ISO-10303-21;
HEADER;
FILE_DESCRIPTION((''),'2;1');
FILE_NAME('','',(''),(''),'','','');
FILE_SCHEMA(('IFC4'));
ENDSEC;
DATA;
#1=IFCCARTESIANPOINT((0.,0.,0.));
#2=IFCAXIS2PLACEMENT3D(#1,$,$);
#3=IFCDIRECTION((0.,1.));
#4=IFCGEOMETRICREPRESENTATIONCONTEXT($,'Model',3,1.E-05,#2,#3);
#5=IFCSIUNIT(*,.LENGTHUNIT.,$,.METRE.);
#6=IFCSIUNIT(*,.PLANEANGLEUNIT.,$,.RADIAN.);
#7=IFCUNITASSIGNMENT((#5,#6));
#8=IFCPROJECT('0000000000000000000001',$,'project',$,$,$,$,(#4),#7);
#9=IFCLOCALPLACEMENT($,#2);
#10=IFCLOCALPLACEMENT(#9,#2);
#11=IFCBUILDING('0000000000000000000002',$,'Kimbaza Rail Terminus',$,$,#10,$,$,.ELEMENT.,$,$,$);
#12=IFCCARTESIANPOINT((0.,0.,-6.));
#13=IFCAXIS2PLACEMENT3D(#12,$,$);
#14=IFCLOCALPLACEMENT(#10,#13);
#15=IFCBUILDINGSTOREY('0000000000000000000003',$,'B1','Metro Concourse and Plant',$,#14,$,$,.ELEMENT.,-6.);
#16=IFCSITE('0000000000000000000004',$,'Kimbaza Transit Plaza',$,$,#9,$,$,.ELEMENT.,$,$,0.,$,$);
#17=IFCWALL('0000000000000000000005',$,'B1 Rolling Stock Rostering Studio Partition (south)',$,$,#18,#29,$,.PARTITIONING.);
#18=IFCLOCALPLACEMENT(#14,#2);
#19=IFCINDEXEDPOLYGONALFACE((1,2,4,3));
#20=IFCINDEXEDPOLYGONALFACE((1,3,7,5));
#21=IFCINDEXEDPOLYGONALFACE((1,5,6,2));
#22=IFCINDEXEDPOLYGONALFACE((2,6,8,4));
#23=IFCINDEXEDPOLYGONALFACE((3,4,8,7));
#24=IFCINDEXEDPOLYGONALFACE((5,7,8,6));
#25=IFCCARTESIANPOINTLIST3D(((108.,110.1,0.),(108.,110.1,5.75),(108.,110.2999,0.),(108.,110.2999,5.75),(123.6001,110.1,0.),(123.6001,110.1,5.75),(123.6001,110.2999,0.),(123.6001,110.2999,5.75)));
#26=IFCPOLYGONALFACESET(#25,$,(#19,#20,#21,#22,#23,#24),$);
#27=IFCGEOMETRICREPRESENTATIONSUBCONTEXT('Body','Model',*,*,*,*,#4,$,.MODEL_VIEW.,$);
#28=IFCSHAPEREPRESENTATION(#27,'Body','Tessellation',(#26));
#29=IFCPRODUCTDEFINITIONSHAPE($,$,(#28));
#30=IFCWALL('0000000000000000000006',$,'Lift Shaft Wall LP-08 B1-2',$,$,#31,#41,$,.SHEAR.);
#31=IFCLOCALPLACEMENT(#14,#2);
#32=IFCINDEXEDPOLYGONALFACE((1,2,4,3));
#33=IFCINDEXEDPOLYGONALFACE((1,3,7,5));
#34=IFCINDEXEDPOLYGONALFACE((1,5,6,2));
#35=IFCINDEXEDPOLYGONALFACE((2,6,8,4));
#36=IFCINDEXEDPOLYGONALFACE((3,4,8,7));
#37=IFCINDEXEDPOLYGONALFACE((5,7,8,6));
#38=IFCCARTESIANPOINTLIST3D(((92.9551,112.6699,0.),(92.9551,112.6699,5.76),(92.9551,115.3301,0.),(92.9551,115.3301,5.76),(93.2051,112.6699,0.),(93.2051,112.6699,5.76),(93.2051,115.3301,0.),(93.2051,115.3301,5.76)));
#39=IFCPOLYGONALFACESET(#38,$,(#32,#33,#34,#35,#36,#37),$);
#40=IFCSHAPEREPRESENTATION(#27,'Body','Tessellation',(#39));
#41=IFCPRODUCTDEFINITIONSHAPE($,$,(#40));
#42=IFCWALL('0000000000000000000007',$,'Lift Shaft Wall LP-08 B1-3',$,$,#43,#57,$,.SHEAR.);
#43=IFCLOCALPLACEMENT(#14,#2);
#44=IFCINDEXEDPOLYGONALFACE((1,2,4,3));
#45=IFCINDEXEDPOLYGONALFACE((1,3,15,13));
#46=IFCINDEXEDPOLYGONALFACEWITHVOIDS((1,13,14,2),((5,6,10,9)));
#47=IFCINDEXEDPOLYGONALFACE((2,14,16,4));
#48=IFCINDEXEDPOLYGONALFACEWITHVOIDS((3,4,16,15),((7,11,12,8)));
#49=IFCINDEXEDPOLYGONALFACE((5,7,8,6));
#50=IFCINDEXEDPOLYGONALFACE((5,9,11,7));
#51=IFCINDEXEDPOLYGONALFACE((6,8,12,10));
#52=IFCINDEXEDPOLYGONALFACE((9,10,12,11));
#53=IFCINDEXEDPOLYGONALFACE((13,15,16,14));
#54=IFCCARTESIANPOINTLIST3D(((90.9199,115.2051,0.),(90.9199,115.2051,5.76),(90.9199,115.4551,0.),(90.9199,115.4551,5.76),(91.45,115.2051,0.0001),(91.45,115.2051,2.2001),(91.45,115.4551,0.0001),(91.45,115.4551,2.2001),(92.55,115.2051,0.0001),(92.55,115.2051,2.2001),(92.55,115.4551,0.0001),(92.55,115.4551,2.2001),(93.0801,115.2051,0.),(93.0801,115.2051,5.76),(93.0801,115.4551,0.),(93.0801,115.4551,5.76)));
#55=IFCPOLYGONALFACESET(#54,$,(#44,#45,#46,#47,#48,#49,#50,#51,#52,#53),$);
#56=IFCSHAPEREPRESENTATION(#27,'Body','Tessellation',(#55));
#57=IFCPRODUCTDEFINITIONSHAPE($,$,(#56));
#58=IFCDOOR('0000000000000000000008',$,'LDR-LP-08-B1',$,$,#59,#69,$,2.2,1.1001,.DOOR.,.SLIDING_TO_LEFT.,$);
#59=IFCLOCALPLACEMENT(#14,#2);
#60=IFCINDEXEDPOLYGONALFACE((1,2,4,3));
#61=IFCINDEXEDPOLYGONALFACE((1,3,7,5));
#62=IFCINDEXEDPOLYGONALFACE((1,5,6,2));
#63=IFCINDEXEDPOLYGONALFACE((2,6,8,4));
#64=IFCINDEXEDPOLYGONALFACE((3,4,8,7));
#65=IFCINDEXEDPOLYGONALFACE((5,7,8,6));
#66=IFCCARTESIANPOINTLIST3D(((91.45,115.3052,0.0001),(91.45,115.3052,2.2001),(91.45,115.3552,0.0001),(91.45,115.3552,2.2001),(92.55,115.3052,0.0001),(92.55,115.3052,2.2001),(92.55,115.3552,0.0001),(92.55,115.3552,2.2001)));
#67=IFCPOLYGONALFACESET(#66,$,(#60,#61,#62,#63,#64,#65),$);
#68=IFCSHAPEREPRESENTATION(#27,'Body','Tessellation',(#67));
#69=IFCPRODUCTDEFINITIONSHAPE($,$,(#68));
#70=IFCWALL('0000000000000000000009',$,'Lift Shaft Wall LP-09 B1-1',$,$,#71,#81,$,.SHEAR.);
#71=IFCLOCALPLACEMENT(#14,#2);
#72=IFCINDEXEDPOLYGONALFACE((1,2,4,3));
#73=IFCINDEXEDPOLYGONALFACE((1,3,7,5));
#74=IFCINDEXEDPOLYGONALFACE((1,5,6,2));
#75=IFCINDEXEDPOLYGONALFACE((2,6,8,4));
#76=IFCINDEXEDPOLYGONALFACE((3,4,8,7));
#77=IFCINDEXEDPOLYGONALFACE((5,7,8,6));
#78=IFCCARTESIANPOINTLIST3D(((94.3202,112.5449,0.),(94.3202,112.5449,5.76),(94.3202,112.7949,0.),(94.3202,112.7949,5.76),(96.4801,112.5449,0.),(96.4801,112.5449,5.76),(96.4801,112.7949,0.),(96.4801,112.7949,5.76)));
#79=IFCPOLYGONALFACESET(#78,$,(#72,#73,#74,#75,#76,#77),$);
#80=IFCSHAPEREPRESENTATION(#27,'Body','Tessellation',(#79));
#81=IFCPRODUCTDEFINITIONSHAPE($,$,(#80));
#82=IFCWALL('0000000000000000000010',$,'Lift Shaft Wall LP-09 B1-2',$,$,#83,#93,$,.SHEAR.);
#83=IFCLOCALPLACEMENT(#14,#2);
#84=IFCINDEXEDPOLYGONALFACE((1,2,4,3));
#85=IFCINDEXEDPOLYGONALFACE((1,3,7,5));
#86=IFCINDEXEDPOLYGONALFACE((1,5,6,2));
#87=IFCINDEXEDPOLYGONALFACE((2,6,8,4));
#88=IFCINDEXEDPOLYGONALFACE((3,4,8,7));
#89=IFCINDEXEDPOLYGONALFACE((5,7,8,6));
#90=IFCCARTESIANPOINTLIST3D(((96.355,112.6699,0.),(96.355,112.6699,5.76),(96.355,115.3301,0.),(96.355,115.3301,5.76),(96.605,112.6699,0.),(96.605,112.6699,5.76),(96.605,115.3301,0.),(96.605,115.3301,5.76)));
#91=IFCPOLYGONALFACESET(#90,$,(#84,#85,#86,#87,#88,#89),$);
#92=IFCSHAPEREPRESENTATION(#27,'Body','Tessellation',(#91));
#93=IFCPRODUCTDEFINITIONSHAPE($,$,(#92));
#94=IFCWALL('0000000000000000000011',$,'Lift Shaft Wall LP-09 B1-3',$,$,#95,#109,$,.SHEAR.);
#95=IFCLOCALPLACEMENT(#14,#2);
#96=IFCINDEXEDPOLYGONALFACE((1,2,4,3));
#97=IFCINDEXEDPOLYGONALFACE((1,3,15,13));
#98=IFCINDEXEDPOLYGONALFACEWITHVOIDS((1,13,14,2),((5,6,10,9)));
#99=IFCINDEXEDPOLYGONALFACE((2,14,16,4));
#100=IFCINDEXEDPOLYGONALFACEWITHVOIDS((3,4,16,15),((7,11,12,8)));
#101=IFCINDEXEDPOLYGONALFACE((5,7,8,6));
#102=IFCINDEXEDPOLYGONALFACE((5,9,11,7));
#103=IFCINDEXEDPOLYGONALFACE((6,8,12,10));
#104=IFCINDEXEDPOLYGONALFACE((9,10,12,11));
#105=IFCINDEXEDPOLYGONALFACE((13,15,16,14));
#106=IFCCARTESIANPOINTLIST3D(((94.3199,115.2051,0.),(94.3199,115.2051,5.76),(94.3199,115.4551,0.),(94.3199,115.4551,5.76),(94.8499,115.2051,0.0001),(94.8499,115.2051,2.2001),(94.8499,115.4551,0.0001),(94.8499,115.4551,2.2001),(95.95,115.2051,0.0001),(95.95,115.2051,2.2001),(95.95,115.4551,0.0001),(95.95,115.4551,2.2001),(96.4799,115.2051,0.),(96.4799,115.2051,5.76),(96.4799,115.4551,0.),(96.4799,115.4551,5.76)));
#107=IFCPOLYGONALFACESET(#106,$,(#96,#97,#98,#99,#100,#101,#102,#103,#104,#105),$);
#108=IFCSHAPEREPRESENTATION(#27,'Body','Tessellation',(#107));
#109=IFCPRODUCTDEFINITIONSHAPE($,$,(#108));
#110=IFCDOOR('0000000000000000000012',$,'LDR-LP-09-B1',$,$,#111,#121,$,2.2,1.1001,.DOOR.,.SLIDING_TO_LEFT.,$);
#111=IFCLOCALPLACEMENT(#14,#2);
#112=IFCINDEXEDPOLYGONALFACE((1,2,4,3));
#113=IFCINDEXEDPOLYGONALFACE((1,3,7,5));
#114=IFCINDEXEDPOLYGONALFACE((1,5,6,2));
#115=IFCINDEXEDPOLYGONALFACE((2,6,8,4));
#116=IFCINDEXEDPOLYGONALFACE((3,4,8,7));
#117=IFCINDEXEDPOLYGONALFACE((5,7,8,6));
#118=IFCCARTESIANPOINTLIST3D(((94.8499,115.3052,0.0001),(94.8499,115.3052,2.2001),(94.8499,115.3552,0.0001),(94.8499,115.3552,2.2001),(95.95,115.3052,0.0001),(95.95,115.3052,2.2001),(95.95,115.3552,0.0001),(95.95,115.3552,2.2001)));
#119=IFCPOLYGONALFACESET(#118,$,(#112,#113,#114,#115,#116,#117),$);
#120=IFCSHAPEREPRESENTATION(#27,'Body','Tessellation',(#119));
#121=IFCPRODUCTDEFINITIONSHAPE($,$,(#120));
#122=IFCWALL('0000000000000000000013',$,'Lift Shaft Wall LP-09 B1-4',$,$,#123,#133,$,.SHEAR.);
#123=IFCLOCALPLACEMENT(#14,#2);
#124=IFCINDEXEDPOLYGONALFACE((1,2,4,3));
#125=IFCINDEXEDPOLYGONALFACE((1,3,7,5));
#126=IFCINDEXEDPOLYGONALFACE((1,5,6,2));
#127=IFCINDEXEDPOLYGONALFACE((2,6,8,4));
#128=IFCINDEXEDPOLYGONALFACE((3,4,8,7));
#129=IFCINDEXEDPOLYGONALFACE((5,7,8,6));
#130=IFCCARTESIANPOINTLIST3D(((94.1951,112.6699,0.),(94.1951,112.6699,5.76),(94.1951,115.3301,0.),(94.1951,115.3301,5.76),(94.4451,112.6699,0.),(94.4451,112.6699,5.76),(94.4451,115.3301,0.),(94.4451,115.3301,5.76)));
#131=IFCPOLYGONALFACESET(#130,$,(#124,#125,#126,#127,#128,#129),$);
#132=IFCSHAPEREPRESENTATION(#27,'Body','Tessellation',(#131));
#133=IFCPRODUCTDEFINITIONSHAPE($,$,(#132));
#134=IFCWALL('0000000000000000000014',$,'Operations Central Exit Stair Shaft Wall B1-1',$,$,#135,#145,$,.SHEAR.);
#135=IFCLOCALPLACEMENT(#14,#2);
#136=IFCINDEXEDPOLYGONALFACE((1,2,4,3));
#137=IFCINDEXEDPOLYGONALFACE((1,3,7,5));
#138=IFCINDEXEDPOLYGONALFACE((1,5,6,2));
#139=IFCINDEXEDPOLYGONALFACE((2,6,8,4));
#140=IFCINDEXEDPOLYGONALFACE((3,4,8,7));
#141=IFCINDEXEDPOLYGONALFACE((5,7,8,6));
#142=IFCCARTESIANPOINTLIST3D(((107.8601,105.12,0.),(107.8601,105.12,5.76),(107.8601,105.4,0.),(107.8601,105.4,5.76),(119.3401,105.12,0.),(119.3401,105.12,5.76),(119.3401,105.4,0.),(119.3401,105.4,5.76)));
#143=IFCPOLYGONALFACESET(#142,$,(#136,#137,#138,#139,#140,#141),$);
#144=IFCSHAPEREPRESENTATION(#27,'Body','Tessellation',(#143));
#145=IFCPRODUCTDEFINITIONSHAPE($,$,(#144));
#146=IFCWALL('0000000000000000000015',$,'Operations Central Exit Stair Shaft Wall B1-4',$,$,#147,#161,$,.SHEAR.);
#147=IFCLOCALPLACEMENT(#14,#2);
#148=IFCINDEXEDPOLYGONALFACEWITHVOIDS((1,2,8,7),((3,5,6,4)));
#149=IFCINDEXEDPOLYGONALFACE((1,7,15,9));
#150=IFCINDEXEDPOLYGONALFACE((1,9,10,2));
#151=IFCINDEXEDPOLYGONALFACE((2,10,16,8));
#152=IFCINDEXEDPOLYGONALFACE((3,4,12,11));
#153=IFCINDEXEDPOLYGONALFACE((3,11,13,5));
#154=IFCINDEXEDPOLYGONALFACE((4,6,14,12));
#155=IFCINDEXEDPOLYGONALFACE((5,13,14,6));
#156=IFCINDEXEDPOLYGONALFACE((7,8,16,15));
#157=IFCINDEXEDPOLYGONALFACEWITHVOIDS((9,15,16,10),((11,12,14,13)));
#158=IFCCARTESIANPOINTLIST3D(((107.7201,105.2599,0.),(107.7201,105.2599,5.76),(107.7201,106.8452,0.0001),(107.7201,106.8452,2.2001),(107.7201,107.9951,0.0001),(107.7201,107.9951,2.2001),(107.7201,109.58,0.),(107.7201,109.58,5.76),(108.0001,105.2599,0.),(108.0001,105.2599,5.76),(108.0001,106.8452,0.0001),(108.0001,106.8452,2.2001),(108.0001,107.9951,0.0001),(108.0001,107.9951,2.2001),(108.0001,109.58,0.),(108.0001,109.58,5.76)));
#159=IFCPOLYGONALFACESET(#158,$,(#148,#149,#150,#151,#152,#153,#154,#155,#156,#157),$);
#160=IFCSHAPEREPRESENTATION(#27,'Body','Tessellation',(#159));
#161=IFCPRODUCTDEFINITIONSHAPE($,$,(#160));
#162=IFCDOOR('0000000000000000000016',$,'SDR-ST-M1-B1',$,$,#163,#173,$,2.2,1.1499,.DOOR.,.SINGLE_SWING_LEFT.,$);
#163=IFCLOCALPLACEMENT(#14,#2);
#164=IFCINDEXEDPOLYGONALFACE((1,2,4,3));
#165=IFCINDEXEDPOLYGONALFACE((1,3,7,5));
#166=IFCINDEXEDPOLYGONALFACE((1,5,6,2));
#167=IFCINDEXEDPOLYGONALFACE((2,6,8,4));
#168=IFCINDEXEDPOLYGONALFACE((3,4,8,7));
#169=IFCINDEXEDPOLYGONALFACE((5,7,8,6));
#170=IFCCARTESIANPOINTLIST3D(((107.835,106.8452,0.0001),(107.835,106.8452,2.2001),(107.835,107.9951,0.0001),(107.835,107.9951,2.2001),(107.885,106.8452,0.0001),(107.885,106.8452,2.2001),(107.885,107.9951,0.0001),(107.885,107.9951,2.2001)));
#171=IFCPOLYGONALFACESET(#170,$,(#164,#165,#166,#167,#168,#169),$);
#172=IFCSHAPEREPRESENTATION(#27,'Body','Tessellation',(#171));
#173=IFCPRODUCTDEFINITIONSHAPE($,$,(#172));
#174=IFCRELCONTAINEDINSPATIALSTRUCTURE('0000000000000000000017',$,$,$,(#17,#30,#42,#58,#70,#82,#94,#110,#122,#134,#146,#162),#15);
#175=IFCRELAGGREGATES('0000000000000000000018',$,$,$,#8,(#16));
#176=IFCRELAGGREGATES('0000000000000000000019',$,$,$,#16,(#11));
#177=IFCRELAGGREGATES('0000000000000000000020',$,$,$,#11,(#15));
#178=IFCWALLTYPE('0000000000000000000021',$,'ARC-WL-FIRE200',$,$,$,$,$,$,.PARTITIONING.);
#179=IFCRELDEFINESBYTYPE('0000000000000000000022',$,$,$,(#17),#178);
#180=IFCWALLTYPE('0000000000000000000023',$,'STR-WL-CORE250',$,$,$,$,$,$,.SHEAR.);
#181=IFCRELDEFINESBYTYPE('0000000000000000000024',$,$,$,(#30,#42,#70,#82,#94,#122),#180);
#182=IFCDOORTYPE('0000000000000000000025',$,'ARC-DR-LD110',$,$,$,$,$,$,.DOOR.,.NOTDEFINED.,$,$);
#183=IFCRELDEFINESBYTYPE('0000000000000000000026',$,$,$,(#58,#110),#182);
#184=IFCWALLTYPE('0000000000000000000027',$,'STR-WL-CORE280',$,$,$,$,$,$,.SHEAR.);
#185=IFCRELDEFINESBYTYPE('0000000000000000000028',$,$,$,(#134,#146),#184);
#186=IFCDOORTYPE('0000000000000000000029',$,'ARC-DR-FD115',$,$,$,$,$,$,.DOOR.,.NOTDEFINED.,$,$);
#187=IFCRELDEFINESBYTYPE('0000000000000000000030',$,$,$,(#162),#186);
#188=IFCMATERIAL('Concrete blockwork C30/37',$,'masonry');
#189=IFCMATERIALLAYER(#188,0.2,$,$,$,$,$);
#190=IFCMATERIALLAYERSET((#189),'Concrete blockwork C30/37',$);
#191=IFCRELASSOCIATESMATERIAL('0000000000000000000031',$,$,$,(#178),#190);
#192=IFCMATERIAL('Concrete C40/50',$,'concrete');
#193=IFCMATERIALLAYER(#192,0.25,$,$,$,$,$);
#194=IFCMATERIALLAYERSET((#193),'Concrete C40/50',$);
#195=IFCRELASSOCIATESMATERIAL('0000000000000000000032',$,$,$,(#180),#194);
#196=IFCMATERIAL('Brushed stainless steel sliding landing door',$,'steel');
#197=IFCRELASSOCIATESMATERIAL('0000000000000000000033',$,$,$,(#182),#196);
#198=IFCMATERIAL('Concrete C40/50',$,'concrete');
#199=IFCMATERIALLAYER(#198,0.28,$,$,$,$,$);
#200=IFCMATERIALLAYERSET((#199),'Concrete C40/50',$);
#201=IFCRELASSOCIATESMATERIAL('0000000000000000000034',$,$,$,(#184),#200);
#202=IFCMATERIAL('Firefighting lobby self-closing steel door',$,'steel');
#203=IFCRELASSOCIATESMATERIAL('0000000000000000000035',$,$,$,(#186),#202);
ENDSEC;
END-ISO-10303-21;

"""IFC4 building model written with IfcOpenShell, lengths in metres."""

from ifc_helpers import new_model, si_unit, direction, frame, frame_2d, origin, place, context, subcontext, project, spatial, rectangle, extrude, material, layer, layer_set, type_object, element, fill, save


model = new_model("IFC4")

# Units and contexts
model_context = context("Model", 3, precision=1e-05, world=origin(), true_north=direction((0.0, 1.0)))
body_context = subcontext(model_context, "Body", "Model", "MODEL_VIEW")
ifc_project = project(units=[si_unit("LENGTHUNIT", "METRE"), si_unit("PLANEANGLEUNIT", "RADIAN")], contexts=[model_context])

# Site, building, storey
site_placement = place(None, origin())
site = spatial("IfcSite", under=ifc_project, at=site_placement, Name="Kimbaza Transit Plaza", CompositionType="ELEMENT", RefElevation=0.0)
building_placement = place(site_placement, origin())
building = spatial("IfcBuilding", under=site, at=building_placement, Name="Kimbaza Rail Terminus", CompositionType="ELEMENT")
storey_placement = place(building_placement, frame((0.0, 0.0, -6.0)))
storey = spatial("IfcBuildingStorey", under=building, at=storey_placement, Name="B1", Description="Metro Concourse and Plant", CompositionType="ELEMENT", Elevation=-6.0)

# Walls
ifc_material_1 = material(Name="Concrete blockwork C30/37", Category="masonry")
ifc_layer_1 = layer(ifc_material_1, 0.2)
ifc_layer_set_1 = layer_set([ifc_layer_1], Name="Concrete blockwork C30/37")
wall_type_1 = type_object("IfcWallType", Name="ARC-WL-FIRE200", PredefinedType="PARTITIONING", material=ifc_layer_set_1)
wall_1_placement = place(storey_placement, frame((108.0, 110.2, 0.0), z_axis=(0.0, 0.0, 1.0), x_axis=(1.0, 0.0, 0.0)))
element("IfcWall", 1, at=wall_1_placement, inside=storey, type_object=wall_type_1, Name="B1 Rolling Stock Rostering Studio Partition (south)", PredefinedType="PARTITIONING", context=body_context, shape_type="SweptSolid", body=[
    extrude(rectangle(XDim=15.6001, YDim=0.2, at=frame_2d((7.8, 0.0))), origin(), (0.0, 0.0, 1.0), 5.75),
])
ifc_material_2 = material(Name="Concrete C40/50", Category="concrete")
ifc_layer_2 = layer(ifc_material_2, 0.25)
ifc_layer_set_2 = layer_set([ifc_layer_2], Name="Concrete C40/50")
wall_type_2 = type_object("IfcWallType", Name="STR-WL-CORE250", PredefinedType="SHEAR", material=ifc_layer_set_2)
wall_2_placement = place(storey_placement, frame((93.0801, 112.6699, 0.0), z_axis=(0.0, 0.0, 1.0), x_axis=(0.0, 1.0, 0.0)))
element("IfcWall", 2, at=wall_2_placement, inside=storey, type_object=wall_type_2, Name="Lift Shaft Wall LP-08 B1-2", PredefinedType="SHEAR", context=body_context, shape_type="SweptSolid", body=[
    extrude(rectangle(XDim=2.6602, YDim=0.25, at=frame_2d((1.3301, 0.0))), origin(), (0.0, 0.0, 1.0), 5.76),
])

# Wall, opening, door
wall_3_placement = place(storey_placement, frame((93.0801, 115.3301, 0.0), z_axis=(0.0, 0.0, 1.0), x_axis=(-1.0, 0.0, 0.0)))
wall_3 = element("IfcWall", 3, at=wall_3_placement, inside=storey, type_object=wall_type_2, Name="Lift Shaft Wall LP-08 B1-3", PredefinedType="SHEAR", context=body_context, shape_type="SweptSolid", body=[
    extrude(rectangle(XDim=2.1602, YDim=0.25, at=frame_2d((1.0801, 0.0))), origin(), (0.0, 0.0, 1.0), 5.76),
])
opening_1_placement = place(wall_3_placement, frame((0.53, 0.0, 0.0)))
opening_1 = element("IfcOpeningElement", 4, at=opening_1_placement, cuts=wall_3, PredefinedType="OPENING", context=body_context, shape_type="SweptSolid", body=[
    extrude(rectangle(XDim=1.1001, YDim=2.2, at=frame_2d((0.55, 1.1001))), frame((0.0, 0.135, 0.0), z_axis=(0.0, -1.0, 0.0), x_axis=(1.0, 0.0, 0.0)), (0.0, 0.0, 1.0), 0.27),
])
ifc_material_3 = material(Name="Brushed stainless steel sliding landing door", Category="steel")
door_type_1 = type_object("IfcDoorType", Name="ARC-DR-LD110", OperationType="NOTDEFINED", PredefinedType="DOOR", material=ifc_material_3)
door_1_placement = place(opening_1_placement, origin())
door_1 = element("IfcDoor", 5, at=door_1_placement, inside=storey, type_object=door_type_1, Name="LDR-LP-08-B1", OperationType="SLIDING_TO_LEFT", OverallHeight=2.2, OverallWidth=1.1001, PredefinedType="DOOR", context=body_context, shape_type="SweptSolid", body=[
    extrude(rectangle(XDim=1.1001, YDim=2.2, at=frame_2d((0.55, 1.1001))), frame((0.0, 0.0249, 0.0), z_axis=(0.0, -1.0, 0.0), x_axis=(1.0, 0.0, 0.0)), (0.0, 0.0, 1.0), 0.05),
])
fill(opening_1, door_1)

# Walls
wall_4_placement = place(storey_placement, frame((94.3201, 112.6699, 0.0), z_axis=(0.0, 0.0, 1.0), x_axis=(1.0, 0.0, 0.0)))
element("IfcWall", 6, at=wall_4_placement, inside=storey, type_object=wall_type_2, Name="Lift Shaft Wall LP-09 B1-1", PredefinedType="SHEAR", context=body_context, shape_type="SweptSolid", body=[
    extrude(rectangle(XDim=2.1599, YDim=0.25, at=frame_2d((1.0801, 0.0))), origin(), (0.0, 0.0, 1.0), 5.76),
])
wall_5_placement = place(storey_placement, frame((96.48, 112.6699, 0.0), z_axis=(0.0, 0.0, 1.0), x_axis=(0.0, 1.0, 0.0)))
element("IfcWall", 7, at=wall_5_placement, inside=storey, type_object=wall_type_2, Name="Lift Shaft Wall LP-09 B1-2", PredefinedType="SHEAR", context=body_context, shape_type="SweptSolid", body=[
    extrude(rectangle(XDim=2.6602, YDim=0.25, at=frame_2d((1.3301, 0.0))), origin(), (0.0, 0.0, 1.0), 5.76),
])

# Wall, opening, door
wall_6_placement = place(storey_placement, frame((96.48, 115.3301, 0.0), z_axis=(0.0, 0.0, 1.0), x_axis=(-1.0, 0.0, 0.0)))
wall_6 = element("IfcWall", 8, at=wall_6_placement, inside=storey, type_object=wall_type_2, Name="Lift Shaft Wall LP-09 B1-3", PredefinedType="SHEAR", context=body_context, shape_type="SweptSolid", body=[
    extrude(rectangle(XDim=2.1599, YDim=0.25, at=frame_2d((1.0801, 0.0))), origin(), (0.0, 0.0, 1.0), 5.76),
])
opening_2_placement = place(wall_6_placement, frame((0.53, 0.0, 0.0)))
opening_2 = element("IfcOpeningElement", 9, at=opening_2_placement, cuts=wall_6, PredefinedType="OPENING", context=body_context, shape_type="SweptSolid", body=[
    extrude(rectangle(XDim=1.1001, YDim=2.2, at=frame_2d((0.55, 1.1001))), frame((0.0, 0.135, 0.0), z_axis=(0.0, -1.0, 0.0), x_axis=(1.0, 0.0, 0.0)), (0.0, 0.0, 1.0), 0.27),
])
door_2_placement = place(opening_2_placement, origin())
door_2 = element("IfcDoor", 10, at=door_2_placement, inside=storey, type_object=door_type_1, Name="LDR-LP-09-B1", OperationType="SLIDING_TO_LEFT", OverallHeight=2.2, OverallWidth=1.1001, PredefinedType="DOOR", context=body_context, shape_type="SweptSolid", body=[
    extrude(rectangle(XDim=1.1001, YDim=2.2, at=frame_2d((0.55, 1.1001))), frame((0.0, 0.0249, 0.0), z_axis=(0.0, -1.0, 0.0), x_axis=(1.0, 0.0, 0.0)), (0.0, 0.0, 1.0), 0.05),
])
fill(opening_2, door_2)

# Walls
wall_7_placement = place(storey_placement, frame((94.3201, 115.3301, 0.0), z_axis=(0.0, 0.0, 1.0), x_axis=(0.0, -1.0, 0.0)))
element("IfcWall", 11, at=wall_7_placement, inside=storey, type_object=wall_type_2, Name="Lift Shaft Wall LP-09 B1-4", PredefinedType="SHEAR", context=body_context, shape_type="SweptSolid", body=[
    extrude(rectangle(XDim=2.6602, YDim=0.25, at=frame_2d((1.3301, 0.0))), origin(), (0.0, 0.0, 1.0), 5.76),
])
ifc_material_4 = material(Name="Concrete C40/50", Category="concrete")
ifc_layer_3 = layer(ifc_material_4, 0.28)
ifc_layer_set_3 = layer_set([ifc_layer_3], Name="Concrete C40/50")
wall_type_3 = type_object("IfcWallType", Name="STR-WL-CORE280", PredefinedType="SHEAR", material=ifc_layer_set_3)
wall_8_placement = place(storey_placement, frame((107.8601, 105.26, 0.0), z_axis=(0.0, 0.0, 1.0), x_axis=(1.0, 0.0, 0.0)))
element("IfcWall", 12, at=wall_8_placement, inside=storey, type_object=wall_type_3, Name="Operations Central Exit Stair Shaft Wall B1-1", PredefinedType="SHEAR", context=body_context, shape_type="SweptSolid", body=[
    extrude(rectangle(XDim=11.48, YDim=0.28, at=frame_2d((5.74, 0.0))), origin(), (0.0, 0.0, 1.0), 5.76),
])

# Wall, opening, door
wall_9_placement = place(storey_placement, frame((107.8601, 109.5801, 0.0), z_axis=(0.0, 0.0, 1.0), x_axis=(0.0, -1.0, 0.0)))
wall_9 = element("IfcWall", 13, at=wall_9_placement, inside=storey, type_object=wall_type_3, Name="Operations Central Exit Stair Shaft Wall B1-4", PredefinedType="SHEAR", context=body_context, shape_type="SweptSolid", body=[
    extrude(rectangle(XDim=4.3201, YDim=0.28, at=frame_2d((2.1602, 0.0))), origin(), (0.0, 0.0, 1.0), 5.76),
])
opening_3_placement = place(wall_9_placement, frame((1.585, 0.0, 0.0)))
opening_3 = element("IfcOpeningElement", 14, at=opening_3_placement, cuts=wall_9, PredefinedType="OPENING", context=body_context, shape_type="SweptSolid", body=[
    extrude(rectangle(XDim=1.1499, YDim=2.2, at=frame_2d((0.575, 1.1001))), frame((0.0, 0.1499, 0.0), z_axis=(0.0, -1.0, 0.0), x_axis=(1.0, 0.0, 0.0)), (0.0, 0.0, 1.0), 0.3),
])
ifc_material_5 = material(Name="Firefighting lobby self-closing steel door", Category="steel")
door_type_2 = type_object("IfcDoorType", Name="ARC-DR-FD115", OperationType="NOTDEFINED", PredefinedType="DOOR", material=ifc_material_5)
door_3_placement = place(opening_3_placement, origin())
door_3 = element("IfcDoor", 15, at=door_3_placement, inside=storey, type_object=door_type_2, Name="SDR-ST-M1-B1", OperationType="SINGLE_SWING_LEFT", OverallHeight=2.2, OverallWidth=1.1499, PredefinedType="DOOR", context=body_context, shape_type="SweptSolid", body=[
    extrude(rectangle(XDim=1.1499, YDim=2.2, at=frame_2d((0.575, 1.1001))), frame((0.0, 0.0249, 0.0), z_axis=(0.0, -1.0, 0.0), x_axis=(1.0, 0.0, 0.0)), (0.0, 0.0, 1.0), 0.05),
])
fill(opening_3, door_3)

save(model, "model.ifc")
